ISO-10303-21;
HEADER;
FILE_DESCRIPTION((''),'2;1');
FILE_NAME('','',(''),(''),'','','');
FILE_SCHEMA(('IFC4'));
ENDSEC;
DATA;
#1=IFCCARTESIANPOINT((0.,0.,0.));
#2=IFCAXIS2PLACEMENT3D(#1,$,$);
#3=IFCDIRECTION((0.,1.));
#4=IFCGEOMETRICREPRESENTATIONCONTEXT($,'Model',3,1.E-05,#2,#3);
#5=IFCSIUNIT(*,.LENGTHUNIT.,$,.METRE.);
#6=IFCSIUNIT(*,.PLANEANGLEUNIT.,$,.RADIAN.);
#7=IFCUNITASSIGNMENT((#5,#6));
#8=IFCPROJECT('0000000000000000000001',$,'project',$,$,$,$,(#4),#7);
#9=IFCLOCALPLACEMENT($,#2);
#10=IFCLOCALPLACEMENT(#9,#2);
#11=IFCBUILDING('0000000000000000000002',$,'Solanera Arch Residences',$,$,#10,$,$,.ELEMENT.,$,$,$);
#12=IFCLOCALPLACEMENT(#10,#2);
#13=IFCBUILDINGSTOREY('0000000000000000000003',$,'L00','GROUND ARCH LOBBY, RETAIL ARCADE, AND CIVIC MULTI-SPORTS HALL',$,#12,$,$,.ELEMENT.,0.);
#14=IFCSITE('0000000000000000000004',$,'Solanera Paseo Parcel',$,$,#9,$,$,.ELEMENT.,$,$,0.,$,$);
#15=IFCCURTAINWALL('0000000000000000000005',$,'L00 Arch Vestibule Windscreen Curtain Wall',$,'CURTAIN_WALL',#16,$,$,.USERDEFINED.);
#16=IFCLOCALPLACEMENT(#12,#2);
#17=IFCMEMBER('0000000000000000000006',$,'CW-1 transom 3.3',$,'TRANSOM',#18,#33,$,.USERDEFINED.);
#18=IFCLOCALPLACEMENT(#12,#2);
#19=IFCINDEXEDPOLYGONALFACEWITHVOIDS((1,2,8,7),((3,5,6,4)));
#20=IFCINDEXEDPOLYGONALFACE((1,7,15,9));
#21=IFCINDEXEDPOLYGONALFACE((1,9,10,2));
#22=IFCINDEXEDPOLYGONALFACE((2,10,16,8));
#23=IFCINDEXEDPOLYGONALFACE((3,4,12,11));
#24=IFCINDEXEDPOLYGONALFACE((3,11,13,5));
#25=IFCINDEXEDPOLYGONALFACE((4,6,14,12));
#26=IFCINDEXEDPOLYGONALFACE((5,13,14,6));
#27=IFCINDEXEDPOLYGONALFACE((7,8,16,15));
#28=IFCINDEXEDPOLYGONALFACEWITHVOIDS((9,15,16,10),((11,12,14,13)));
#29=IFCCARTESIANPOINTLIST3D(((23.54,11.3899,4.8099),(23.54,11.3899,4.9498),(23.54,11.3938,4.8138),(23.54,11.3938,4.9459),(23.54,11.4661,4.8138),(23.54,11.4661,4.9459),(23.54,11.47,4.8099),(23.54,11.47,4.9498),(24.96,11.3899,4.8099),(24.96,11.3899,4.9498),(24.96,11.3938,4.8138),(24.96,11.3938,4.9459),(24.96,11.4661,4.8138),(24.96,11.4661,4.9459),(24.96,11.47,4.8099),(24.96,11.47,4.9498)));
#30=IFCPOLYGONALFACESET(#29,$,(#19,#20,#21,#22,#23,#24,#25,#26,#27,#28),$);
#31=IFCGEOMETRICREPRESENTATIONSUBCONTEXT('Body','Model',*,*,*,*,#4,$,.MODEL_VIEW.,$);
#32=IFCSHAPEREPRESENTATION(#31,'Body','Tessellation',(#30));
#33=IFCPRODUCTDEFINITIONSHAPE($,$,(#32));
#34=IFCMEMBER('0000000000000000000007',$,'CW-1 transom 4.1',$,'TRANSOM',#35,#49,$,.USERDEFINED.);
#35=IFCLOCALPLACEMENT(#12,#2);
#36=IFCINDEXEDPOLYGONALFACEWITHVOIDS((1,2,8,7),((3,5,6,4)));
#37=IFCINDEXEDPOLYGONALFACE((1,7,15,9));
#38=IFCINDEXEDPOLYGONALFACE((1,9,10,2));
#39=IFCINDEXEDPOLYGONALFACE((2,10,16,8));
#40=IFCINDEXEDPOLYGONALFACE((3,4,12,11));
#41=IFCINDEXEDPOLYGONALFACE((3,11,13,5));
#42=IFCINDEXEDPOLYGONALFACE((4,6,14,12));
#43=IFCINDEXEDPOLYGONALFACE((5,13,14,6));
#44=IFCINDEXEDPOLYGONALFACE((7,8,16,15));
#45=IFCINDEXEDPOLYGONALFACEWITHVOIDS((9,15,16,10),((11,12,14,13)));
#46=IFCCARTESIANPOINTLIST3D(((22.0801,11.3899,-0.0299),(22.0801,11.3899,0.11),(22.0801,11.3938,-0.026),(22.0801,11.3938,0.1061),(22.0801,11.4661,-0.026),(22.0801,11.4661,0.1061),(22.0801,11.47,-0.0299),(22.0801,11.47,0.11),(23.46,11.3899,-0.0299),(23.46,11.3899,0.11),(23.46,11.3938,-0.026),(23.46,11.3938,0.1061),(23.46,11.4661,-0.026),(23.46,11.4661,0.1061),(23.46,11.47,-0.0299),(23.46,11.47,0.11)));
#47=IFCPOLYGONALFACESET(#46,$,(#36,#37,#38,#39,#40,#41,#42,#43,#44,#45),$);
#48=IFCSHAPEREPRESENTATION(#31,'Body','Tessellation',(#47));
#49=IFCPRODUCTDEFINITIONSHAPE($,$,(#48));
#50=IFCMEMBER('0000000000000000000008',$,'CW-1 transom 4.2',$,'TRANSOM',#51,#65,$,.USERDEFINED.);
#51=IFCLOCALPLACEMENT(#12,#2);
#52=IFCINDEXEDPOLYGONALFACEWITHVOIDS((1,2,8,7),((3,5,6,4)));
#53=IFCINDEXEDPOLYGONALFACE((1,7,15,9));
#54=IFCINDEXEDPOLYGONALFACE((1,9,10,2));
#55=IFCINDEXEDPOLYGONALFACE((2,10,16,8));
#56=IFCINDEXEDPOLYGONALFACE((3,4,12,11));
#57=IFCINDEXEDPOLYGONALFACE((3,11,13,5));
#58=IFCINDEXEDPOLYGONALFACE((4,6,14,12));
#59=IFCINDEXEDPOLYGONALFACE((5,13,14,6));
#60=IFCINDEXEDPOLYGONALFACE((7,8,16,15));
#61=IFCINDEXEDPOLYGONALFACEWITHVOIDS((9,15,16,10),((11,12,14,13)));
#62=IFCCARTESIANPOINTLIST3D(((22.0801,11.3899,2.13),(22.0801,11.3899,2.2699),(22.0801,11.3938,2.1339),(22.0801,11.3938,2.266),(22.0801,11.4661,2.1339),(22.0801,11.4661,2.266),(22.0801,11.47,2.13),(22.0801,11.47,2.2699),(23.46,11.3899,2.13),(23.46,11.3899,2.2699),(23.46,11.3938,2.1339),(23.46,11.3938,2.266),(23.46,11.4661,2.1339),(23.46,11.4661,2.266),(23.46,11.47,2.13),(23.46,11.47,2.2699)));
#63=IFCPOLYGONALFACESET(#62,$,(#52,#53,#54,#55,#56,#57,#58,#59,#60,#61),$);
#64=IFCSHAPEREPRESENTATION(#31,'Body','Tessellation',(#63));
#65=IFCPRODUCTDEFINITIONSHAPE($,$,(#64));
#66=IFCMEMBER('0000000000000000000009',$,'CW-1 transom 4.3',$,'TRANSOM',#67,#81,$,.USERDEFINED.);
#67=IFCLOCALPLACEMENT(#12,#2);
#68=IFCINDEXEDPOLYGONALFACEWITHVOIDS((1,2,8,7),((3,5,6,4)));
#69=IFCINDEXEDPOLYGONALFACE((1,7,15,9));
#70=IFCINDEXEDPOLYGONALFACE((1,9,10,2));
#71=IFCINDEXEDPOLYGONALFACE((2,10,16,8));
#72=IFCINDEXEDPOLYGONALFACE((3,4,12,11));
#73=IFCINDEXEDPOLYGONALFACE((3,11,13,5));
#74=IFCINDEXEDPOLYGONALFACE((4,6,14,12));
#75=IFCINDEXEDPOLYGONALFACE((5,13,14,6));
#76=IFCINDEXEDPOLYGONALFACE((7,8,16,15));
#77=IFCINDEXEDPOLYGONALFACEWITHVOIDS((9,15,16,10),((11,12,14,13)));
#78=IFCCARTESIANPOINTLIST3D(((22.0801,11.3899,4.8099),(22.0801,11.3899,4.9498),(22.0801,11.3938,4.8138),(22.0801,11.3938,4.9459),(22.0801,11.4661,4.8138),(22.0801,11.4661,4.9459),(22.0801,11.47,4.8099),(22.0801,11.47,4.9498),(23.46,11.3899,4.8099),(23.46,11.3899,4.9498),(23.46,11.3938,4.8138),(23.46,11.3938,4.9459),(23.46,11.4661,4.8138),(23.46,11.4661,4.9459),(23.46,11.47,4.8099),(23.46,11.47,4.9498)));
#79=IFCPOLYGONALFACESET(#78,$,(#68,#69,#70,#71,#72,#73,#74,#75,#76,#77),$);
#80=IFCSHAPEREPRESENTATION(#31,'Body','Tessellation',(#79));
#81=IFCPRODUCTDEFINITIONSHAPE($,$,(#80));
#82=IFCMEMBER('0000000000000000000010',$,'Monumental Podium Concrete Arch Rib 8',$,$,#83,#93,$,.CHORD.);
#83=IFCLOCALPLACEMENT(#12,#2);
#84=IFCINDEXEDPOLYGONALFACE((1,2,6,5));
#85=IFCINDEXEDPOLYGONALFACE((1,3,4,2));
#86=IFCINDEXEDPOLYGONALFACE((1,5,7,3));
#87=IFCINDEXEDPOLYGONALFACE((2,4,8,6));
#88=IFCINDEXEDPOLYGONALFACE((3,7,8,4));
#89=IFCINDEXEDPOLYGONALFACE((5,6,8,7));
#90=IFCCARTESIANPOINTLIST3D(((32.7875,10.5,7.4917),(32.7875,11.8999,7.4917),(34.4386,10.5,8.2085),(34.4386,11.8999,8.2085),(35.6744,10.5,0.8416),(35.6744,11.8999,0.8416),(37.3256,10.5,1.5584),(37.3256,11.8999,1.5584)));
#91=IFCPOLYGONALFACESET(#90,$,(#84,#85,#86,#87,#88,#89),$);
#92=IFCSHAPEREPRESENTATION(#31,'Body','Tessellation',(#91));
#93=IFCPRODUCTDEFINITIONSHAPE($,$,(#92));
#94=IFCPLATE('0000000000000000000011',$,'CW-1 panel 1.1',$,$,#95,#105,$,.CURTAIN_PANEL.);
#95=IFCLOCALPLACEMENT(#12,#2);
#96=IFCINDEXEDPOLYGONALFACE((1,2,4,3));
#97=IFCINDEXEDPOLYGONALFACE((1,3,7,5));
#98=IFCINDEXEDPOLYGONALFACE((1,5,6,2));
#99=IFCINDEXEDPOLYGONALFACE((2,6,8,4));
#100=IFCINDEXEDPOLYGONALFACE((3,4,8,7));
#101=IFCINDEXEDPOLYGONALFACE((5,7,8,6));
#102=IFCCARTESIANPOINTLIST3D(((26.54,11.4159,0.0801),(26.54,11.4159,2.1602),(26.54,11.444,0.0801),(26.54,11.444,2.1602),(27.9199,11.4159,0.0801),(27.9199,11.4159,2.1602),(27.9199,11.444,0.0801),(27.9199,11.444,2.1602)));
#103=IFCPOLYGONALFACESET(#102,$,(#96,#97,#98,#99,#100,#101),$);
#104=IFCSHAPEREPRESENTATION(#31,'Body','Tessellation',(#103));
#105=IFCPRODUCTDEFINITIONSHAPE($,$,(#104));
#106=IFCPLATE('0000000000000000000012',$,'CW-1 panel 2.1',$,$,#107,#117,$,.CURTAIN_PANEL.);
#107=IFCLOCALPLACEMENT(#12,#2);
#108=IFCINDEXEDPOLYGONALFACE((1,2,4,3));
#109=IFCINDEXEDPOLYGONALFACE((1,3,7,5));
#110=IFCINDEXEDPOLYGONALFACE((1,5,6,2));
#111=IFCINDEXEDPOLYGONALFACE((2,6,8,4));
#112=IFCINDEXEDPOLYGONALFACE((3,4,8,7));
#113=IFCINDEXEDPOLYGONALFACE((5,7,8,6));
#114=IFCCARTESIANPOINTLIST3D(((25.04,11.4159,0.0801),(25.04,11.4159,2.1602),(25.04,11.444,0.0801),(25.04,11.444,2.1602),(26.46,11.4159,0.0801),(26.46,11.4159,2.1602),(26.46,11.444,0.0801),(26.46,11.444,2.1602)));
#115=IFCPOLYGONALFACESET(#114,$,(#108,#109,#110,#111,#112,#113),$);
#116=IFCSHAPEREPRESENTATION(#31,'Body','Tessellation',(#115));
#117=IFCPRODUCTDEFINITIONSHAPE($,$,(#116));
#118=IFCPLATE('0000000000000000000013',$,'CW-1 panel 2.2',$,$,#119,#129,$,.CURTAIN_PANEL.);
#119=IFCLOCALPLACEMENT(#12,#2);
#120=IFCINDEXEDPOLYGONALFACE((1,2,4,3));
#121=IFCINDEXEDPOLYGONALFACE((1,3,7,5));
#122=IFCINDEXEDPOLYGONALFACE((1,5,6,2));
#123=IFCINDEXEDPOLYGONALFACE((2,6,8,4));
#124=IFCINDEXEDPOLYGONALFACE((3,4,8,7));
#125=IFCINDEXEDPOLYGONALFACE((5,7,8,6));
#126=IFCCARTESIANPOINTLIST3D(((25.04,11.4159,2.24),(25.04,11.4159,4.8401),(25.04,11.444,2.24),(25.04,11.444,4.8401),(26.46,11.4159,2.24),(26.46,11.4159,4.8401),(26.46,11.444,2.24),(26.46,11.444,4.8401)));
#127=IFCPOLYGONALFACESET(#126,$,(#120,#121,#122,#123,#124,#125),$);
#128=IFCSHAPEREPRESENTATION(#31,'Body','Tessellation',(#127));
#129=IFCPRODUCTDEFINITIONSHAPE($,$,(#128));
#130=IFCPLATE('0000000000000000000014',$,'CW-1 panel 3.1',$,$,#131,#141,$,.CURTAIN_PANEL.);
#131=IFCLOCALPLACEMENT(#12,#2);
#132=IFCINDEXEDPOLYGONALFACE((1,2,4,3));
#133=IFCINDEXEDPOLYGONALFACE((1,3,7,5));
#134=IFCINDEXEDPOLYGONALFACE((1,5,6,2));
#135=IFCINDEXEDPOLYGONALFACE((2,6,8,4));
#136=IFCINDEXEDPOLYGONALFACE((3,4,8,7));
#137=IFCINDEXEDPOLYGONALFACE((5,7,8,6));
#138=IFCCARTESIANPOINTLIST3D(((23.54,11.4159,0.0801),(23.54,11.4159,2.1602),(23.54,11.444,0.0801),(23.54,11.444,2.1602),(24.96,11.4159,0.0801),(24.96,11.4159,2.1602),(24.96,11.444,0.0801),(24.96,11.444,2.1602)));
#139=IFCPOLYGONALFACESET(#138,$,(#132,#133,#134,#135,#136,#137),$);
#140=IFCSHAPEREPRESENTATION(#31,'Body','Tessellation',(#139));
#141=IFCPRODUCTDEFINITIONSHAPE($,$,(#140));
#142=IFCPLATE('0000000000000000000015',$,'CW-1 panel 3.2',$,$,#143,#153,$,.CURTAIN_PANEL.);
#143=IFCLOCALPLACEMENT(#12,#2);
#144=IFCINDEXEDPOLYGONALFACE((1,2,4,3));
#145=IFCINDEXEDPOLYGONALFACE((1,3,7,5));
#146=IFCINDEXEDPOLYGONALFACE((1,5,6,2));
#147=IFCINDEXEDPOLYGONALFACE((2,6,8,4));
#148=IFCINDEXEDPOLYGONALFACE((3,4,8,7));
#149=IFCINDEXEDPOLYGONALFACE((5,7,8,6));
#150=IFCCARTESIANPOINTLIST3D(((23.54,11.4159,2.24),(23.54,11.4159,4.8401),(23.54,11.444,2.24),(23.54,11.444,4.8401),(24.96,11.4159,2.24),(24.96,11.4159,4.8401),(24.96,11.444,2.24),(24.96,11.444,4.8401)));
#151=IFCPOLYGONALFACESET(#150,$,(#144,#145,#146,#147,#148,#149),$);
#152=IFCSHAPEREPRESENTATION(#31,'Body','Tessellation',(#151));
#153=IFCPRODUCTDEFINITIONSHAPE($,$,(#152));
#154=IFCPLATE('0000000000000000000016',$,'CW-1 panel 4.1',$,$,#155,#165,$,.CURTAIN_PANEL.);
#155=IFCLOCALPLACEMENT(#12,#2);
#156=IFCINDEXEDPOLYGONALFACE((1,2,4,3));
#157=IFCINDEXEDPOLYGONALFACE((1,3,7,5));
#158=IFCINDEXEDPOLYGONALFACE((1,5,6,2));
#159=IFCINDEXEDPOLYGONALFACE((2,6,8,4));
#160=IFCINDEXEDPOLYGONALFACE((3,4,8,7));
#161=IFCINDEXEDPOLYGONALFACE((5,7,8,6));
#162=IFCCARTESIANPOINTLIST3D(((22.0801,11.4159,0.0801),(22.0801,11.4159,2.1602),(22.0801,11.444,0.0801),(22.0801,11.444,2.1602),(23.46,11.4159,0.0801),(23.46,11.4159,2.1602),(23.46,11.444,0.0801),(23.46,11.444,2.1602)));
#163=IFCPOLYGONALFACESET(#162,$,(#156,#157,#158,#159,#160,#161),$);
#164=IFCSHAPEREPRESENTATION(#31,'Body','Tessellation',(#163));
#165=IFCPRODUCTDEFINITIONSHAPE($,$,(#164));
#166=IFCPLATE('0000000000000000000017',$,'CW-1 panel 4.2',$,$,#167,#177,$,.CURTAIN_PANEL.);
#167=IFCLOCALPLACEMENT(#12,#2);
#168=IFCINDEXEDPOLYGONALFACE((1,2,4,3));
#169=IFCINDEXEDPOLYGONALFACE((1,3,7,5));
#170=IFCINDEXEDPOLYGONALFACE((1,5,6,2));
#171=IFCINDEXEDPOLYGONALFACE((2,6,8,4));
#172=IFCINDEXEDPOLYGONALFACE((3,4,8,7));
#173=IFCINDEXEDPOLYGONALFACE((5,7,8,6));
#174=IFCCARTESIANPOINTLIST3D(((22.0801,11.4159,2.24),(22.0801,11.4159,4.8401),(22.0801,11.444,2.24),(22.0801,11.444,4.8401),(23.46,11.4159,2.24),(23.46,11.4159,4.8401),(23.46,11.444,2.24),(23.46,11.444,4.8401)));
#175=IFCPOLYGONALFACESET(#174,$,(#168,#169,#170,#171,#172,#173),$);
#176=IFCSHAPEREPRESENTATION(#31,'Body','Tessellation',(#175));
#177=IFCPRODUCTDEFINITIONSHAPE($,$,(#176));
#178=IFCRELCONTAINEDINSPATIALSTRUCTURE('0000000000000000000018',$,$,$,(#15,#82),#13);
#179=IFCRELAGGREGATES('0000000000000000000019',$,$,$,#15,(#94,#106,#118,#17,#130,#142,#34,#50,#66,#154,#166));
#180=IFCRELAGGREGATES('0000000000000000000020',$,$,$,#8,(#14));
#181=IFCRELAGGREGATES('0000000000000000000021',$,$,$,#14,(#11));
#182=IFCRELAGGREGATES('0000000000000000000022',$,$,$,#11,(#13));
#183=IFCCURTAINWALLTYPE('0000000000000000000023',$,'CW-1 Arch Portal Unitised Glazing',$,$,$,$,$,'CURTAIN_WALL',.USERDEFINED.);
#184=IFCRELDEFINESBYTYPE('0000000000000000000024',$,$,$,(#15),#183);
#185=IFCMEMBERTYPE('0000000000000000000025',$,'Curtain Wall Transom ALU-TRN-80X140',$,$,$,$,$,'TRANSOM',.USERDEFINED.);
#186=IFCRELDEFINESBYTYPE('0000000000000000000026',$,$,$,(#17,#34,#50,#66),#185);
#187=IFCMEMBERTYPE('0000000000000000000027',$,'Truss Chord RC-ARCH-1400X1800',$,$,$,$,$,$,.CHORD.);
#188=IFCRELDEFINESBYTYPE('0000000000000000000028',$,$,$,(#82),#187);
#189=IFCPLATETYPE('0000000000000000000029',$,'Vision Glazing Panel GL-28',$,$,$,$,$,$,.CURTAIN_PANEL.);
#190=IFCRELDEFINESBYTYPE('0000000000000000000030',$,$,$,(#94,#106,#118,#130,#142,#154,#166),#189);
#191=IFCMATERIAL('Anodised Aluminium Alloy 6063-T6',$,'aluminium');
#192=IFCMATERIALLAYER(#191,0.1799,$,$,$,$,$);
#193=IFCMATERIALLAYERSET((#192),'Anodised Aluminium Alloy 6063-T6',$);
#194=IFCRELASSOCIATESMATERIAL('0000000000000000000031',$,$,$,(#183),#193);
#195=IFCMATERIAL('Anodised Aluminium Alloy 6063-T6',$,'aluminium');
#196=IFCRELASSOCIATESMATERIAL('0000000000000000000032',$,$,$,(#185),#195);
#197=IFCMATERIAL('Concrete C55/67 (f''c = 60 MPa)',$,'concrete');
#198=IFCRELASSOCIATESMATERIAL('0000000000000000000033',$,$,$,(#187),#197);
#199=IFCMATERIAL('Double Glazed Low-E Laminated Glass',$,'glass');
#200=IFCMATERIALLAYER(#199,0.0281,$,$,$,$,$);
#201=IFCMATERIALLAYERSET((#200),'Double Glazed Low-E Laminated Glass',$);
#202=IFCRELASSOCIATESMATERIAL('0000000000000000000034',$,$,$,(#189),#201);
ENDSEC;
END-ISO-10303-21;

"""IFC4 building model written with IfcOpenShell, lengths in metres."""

from ifc_helpers import new_model, si_unit, direction, frame, origin, origin_2d, place, context, subcontext, project, spatial, rectangle, hollow_rectangle, extrude, material, layer, layer_set, material_profile, profile_set, type_object, element, aggregate, save


model = new_model("IFC4")

# Units and contexts
model_context = context("Model", 3, precision=1e-05, world=origin(), true_north=direction((0.0, 1.0)))
body_context = subcontext(model_context, "Body", "Model", "MODEL_VIEW")
ifc_project = project(units=[si_unit("LENGTHUNIT", "METRE"), si_unit("PLANEANGLEUNIT", "RADIAN")], contexts=[model_context])

# Site, building, storey
site_placement = place(None, origin())
site = spatial("IfcSite", under=ifc_project, at=site_placement, Name="Solanera Paseo Parcel", CompositionType="ELEMENT", RefElevation=0.0)
building_placement = place(site_placement, origin())
building = spatial("IfcBuilding", under=site, at=building_placement, Name="Solanera Arch Residences", CompositionType="ELEMENT")
storey_placement = place(building_placement, origin())
storey = spatial("IfcBuildingStorey", under=building, at=storey_placement, Name="L00", Description="GROUND ARCH LOBBY, RETAIL ARCADE, AND CIVIC MULTI-SPORTS HALL", CompositionType="ELEMENT", Elevation=0.0)

# Shared definitions
ifc_material_1 = material(Name="Anodised Aluminium Alloy 6063-T6", Category="aluminium")
ifc_layer_1 = layer(ifc_material_1, 0.1799)
ifc_layer_set_1 = layer_set([ifc_layer_1], Name="Anodised Aluminium Alloy 6063-T6")
curtain_wall_type = type_object("IfcCurtainWallType", Name="CW-1 Arch Portal Unitised Glazing", ElementType="CURTAIN_WALL", PredefinedType="USERDEFINED", material=ifc_layer_set_1)

# Curtain wall
curtain_wall_1_placement = place(storey_placement, origin())
curtain_wall_1 = element("IfcCurtainWall", 1, at=curtain_wall_1_placement, inside=storey, type_object=curtain_wall_type, Name="L00 Arch Vestibule Windscreen Curtain Wall", ObjectType="CURTAIN_WALL", PredefinedType="USERDEFINED")

# Members
ifc_material_2 = material(Name="Anodised Aluminium Alloy 6063-T6", Category="aluminium")
ifc_material_profile_1 = material_profile(ifc_material_2, hollow_rectangle(XDim=0.0801, YDim=0.1399, WallThickness=0.0039, at=origin_2d()))
ifc_profile_set_1 = profile_set([ifc_material_profile_1], Name="Anodised Aluminium Alloy 6063-T6")
member_type_1 = type_object("IfcMemberType", Name="Curtain Wall Transom ALU-TRN-80X140", ElementType="TRANSOM", PredefinedType="USERDEFINED", material=ifc_profile_set_1)
member_1_placement = place(storey_placement, frame((24.96, 11.4299, 4.8799), z_axis=(-1.0, 0.0, 0.0), x_axis=(0.0, -1.0, 0.0)))
member_1 = element("IfcMember", 2, at=member_1_placement, type_object=member_type_1, Name="CW-1 transom 3.3", ObjectType="TRANSOM", PredefinedType="USERDEFINED", context=body_context, shape_type="SweptSolid", body=[
    extrude(hollow_rectangle(XDim=0.0801, YDim=0.1399, WallThickness=0.0039, at=origin_2d()), origin(), (0.0, 0.0, 1.0), 1.4199),
])
member_2_placement = place(storey_placement, frame((23.46, 11.4299, 0.04), z_axis=(-1.0, 0.0, 0.0), x_axis=(0.0, -1.0, 0.0)))
member_2 = element("IfcMember", 3, at=member_2_placement, type_object=member_type_1, Name="CW-1 transom 4.1", ObjectType="TRANSOM", PredefinedType="USERDEFINED", context=body_context, shape_type="SweptSolid", body=[
    extrude(hollow_rectangle(XDim=0.0801, YDim=0.1399, WallThickness=0.0039, at=origin_2d()), origin(), (0.0, 0.0, 1.0), 1.3799),
])
member_3_placement = place(storey_placement, frame((23.46, 11.4299, 2.2), z_axis=(-1.0, 0.0, 0.0), x_axis=(0.0, -1.0, 0.0)))
member_3 = element("IfcMember", 4, at=member_3_placement, type_object=member_type_1, Name="CW-1 transom 4.2", ObjectType="TRANSOM", PredefinedType="USERDEFINED", context=body_context, shape_type="SweptSolid", body=[
    extrude(hollow_rectangle(XDim=0.0801, YDim=0.1399, WallThickness=0.0039, at=origin_2d()), origin(), (0.0, 0.0, 1.0), 1.3799),
])
member_4_placement = place(storey_placement, frame((23.46, 11.4299, 4.8799), z_axis=(-1.0, 0.0, 0.0), x_axis=(0.0, -1.0, 0.0)))
member_4 = element("IfcMember", 5, at=member_4_placement, type_object=member_type_1, Name="CW-1 transom 4.3", ObjectType="TRANSOM", PredefinedType="USERDEFINED", context=body_context, shape_type="SweptSolid", body=[
    extrude(hollow_rectangle(XDim=0.0801, YDim=0.1399, WallThickness=0.0039, at=origin_2d()), origin(), (0.0, 0.0, 1.0), 1.3799),
])
ifc_material_3 = material(Name="Concrete C55/67 (f'c = 60 MPa)", Category="concrete")
ifc_material_profile_2 = material_profile(ifc_material_3, rectangle(XDim=1.3999, YDim=1.8, at=origin_2d()))
ifc_profile_set_2 = profile_set([ifc_material_profile_2], Name="Concrete C55/67 (f'c = 60 MPa)")
member_type_2 = type_object("IfcMemberType", Name="Truss Chord RC-ARCH-1400X1800", PredefinedType="CHORD", material=ifc_profile_set_2)
member_5_placement = place(storey_placement, frame((33.613, 11.2, 7.8501), z_axis=(0.398215, 0.0, -0.917292), x_axis=(0.0, 1.0, 0.0)))
element("IfcMember", 6, at=member_5_placement, inside=storey, type_object=member_type_2, Name="Monumental Podium Concrete Arch Rib 8", PredefinedType="CHORD", context=body_context, shape_type="SweptSolid", body=[
    extrude(rectangle(XDim=1.3999, YDim=1.8, at=origin_2d()), origin(), (0.0, 0.0, 1.0), 7.2498),
])

# Plates
ifc_material_4 = material(Name="Double Glazed Low-E Laminated Glass", Category="glass")
ifc_layer_2 = layer(ifc_material_4, 0.0281)
ifc_layer_set_2 = layer_set([ifc_layer_2], Name="Double Glazed Low-E Laminated Glass")
plate_type = type_object("IfcPlateType", Name="Vision Glazing Panel GL-28", PredefinedType="CURTAIN_PANEL", material=ifc_layer_set_2)
plate_1_placement = place(storey_placement, frame((27.23, 11.4299, 0.0801), z_axis=(0.0, 0.0, 1.0), x_axis=(-1.0, 0.0, 0.0)))
plate_1 = element("IfcPlate", 7, at=plate_1_placement, type_object=plate_type, Name="CW-1 panel 1.1", PredefinedType="CURTAIN_PANEL", context=body_context, shape_type="SweptSolid", body=[
    extrude(rectangle(XDim=1.3799, YDim=0.0281, at=origin_2d()), origin(), (0.0, 0.0, 1.0), 2.0801),
])
plate_2_placement = place(storey_placement, frame((25.75, 11.4299, 0.0801), z_axis=(0.0, 0.0, 1.0), x_axis=(-1.0, 0.0, 0.0)))
plate_2 = element("IfcPlate", 8, at=plate_2_placement, type_object=plate_type, Name="CW-1 panel 2.1", PredefinedType="CURTAIN_PANEL", context=body_context, shape_type="SweptSolid", body=[
    extrude(rectangle(XDim=1.4199, YDim=0.0281, at=origin_2d()), origin(), (0.0, 0.0, 1.0), 2.0801),
])
plate_3_placement = place(storey_placement, frame((25.75, 11.4299, 2.24), z_axis=(0.0, 0.0, 1.0), x_axis=(-1.0, 0.0, 0.0)))
plate_3 = element("IfcPlate", 9, at=plate_3_placement, type_object=plate_type, Name="CW-1 panel 2.2", PredefinedType="CURTAIN_PANEL", context=body_context, shape_type="SweptSolid", body=[
    extrude(rectangle(XDim=1.4199, YDim=0.0281, at=origin_2d()), origin(), (0.0, 0.0, 1.0), 2.6001),
])
plate_4_placement = place(storey_placement, frame((24.25, 11.4299, 0.0801), z_axis=(0.0, 0.0, 1.0), x_axis=(-1.0, 0.0, 0.0)))
plate_4 = element("IfcPlate", 10, at=plate_4_placement, type_object=plate_type, Name="CW-1 panel 3.1", PredefinedType="CURTAIN_PANEL", context=body_context, shape_type="SweptSolid", body=[
    extrude(rectangle(XDim=1.4199, YDim=0.0281, at=origin_2d()), origin(), (0.0, 0.0, 1.0), 2.0801),
])
plate_5_placement = place(storey_placement, frame((24.25, 11.4299, 2.24), z_axis=(0.0, 0.0, 1.0), x_axis=(-1.0, 0.0, 0.0)))
plate_5 = element("IfcPlate", 11, at=plate_5_placement, type_object=plate_type, Name="CW-1 panel 3.2", PredefinedType="CURTAIN_PANEL", context=body_context, shape_type="SweptSolid", body=[
    extrude(rectangle(XDim=1.4199, YDim=0.0281, at=origin_2d()), origin(), (0.0, 0.0, 1.0), 2.6001),
])
plate_6_placement = place(storey_placement, frame((22.77, 11.4299, 0.0801), z_axis=(0.0, 0.0, 1.0), x_axis=(-1.0, 0.0, 0.0)))
plate_6 = element("IfcPlate", 12, at=plate_6_placement, type_object=plate_type, Name="CW-1 panel 4.1", PredefinedType="CURTAIN_PANEL", context=body_context, shape_type="SweptSolid", body=[
    extrude(rectangle(XDim=1.3799, YDim=0.0281, at=origin_2d()), origin(), (0.0, 0.0, 1.0), 2.0801),
])
plate_7_placement = place(storey_placement, frame((22.77, 11.4299, 2.24), z_axis=(0.0, 0.0, 1.0), x_axis=(-1.0, 0.0, 0.0)))
plate_7 = element("IfcPlate", 13, at=plate_7_placement, type_object=plate_type, Name="CW-1 panel 4.2", PredefinedType="CURTAIN_PANEL", context=body_context, shape_type="SweptSolid", body=[
    extrude(rectangle(XDim=1.3799, YDim=0.0281, at=origin_2d()), origin(), (0.0, 0.0, 1.0), 2.6001),
])
aggregate(curtain_wall_1, [plate_1, plate_2, plate_3, member_1, plate_4, plate_5, member_2, member_3, member_4, plate_6, plate_7])

save(model, "model.ifc")
